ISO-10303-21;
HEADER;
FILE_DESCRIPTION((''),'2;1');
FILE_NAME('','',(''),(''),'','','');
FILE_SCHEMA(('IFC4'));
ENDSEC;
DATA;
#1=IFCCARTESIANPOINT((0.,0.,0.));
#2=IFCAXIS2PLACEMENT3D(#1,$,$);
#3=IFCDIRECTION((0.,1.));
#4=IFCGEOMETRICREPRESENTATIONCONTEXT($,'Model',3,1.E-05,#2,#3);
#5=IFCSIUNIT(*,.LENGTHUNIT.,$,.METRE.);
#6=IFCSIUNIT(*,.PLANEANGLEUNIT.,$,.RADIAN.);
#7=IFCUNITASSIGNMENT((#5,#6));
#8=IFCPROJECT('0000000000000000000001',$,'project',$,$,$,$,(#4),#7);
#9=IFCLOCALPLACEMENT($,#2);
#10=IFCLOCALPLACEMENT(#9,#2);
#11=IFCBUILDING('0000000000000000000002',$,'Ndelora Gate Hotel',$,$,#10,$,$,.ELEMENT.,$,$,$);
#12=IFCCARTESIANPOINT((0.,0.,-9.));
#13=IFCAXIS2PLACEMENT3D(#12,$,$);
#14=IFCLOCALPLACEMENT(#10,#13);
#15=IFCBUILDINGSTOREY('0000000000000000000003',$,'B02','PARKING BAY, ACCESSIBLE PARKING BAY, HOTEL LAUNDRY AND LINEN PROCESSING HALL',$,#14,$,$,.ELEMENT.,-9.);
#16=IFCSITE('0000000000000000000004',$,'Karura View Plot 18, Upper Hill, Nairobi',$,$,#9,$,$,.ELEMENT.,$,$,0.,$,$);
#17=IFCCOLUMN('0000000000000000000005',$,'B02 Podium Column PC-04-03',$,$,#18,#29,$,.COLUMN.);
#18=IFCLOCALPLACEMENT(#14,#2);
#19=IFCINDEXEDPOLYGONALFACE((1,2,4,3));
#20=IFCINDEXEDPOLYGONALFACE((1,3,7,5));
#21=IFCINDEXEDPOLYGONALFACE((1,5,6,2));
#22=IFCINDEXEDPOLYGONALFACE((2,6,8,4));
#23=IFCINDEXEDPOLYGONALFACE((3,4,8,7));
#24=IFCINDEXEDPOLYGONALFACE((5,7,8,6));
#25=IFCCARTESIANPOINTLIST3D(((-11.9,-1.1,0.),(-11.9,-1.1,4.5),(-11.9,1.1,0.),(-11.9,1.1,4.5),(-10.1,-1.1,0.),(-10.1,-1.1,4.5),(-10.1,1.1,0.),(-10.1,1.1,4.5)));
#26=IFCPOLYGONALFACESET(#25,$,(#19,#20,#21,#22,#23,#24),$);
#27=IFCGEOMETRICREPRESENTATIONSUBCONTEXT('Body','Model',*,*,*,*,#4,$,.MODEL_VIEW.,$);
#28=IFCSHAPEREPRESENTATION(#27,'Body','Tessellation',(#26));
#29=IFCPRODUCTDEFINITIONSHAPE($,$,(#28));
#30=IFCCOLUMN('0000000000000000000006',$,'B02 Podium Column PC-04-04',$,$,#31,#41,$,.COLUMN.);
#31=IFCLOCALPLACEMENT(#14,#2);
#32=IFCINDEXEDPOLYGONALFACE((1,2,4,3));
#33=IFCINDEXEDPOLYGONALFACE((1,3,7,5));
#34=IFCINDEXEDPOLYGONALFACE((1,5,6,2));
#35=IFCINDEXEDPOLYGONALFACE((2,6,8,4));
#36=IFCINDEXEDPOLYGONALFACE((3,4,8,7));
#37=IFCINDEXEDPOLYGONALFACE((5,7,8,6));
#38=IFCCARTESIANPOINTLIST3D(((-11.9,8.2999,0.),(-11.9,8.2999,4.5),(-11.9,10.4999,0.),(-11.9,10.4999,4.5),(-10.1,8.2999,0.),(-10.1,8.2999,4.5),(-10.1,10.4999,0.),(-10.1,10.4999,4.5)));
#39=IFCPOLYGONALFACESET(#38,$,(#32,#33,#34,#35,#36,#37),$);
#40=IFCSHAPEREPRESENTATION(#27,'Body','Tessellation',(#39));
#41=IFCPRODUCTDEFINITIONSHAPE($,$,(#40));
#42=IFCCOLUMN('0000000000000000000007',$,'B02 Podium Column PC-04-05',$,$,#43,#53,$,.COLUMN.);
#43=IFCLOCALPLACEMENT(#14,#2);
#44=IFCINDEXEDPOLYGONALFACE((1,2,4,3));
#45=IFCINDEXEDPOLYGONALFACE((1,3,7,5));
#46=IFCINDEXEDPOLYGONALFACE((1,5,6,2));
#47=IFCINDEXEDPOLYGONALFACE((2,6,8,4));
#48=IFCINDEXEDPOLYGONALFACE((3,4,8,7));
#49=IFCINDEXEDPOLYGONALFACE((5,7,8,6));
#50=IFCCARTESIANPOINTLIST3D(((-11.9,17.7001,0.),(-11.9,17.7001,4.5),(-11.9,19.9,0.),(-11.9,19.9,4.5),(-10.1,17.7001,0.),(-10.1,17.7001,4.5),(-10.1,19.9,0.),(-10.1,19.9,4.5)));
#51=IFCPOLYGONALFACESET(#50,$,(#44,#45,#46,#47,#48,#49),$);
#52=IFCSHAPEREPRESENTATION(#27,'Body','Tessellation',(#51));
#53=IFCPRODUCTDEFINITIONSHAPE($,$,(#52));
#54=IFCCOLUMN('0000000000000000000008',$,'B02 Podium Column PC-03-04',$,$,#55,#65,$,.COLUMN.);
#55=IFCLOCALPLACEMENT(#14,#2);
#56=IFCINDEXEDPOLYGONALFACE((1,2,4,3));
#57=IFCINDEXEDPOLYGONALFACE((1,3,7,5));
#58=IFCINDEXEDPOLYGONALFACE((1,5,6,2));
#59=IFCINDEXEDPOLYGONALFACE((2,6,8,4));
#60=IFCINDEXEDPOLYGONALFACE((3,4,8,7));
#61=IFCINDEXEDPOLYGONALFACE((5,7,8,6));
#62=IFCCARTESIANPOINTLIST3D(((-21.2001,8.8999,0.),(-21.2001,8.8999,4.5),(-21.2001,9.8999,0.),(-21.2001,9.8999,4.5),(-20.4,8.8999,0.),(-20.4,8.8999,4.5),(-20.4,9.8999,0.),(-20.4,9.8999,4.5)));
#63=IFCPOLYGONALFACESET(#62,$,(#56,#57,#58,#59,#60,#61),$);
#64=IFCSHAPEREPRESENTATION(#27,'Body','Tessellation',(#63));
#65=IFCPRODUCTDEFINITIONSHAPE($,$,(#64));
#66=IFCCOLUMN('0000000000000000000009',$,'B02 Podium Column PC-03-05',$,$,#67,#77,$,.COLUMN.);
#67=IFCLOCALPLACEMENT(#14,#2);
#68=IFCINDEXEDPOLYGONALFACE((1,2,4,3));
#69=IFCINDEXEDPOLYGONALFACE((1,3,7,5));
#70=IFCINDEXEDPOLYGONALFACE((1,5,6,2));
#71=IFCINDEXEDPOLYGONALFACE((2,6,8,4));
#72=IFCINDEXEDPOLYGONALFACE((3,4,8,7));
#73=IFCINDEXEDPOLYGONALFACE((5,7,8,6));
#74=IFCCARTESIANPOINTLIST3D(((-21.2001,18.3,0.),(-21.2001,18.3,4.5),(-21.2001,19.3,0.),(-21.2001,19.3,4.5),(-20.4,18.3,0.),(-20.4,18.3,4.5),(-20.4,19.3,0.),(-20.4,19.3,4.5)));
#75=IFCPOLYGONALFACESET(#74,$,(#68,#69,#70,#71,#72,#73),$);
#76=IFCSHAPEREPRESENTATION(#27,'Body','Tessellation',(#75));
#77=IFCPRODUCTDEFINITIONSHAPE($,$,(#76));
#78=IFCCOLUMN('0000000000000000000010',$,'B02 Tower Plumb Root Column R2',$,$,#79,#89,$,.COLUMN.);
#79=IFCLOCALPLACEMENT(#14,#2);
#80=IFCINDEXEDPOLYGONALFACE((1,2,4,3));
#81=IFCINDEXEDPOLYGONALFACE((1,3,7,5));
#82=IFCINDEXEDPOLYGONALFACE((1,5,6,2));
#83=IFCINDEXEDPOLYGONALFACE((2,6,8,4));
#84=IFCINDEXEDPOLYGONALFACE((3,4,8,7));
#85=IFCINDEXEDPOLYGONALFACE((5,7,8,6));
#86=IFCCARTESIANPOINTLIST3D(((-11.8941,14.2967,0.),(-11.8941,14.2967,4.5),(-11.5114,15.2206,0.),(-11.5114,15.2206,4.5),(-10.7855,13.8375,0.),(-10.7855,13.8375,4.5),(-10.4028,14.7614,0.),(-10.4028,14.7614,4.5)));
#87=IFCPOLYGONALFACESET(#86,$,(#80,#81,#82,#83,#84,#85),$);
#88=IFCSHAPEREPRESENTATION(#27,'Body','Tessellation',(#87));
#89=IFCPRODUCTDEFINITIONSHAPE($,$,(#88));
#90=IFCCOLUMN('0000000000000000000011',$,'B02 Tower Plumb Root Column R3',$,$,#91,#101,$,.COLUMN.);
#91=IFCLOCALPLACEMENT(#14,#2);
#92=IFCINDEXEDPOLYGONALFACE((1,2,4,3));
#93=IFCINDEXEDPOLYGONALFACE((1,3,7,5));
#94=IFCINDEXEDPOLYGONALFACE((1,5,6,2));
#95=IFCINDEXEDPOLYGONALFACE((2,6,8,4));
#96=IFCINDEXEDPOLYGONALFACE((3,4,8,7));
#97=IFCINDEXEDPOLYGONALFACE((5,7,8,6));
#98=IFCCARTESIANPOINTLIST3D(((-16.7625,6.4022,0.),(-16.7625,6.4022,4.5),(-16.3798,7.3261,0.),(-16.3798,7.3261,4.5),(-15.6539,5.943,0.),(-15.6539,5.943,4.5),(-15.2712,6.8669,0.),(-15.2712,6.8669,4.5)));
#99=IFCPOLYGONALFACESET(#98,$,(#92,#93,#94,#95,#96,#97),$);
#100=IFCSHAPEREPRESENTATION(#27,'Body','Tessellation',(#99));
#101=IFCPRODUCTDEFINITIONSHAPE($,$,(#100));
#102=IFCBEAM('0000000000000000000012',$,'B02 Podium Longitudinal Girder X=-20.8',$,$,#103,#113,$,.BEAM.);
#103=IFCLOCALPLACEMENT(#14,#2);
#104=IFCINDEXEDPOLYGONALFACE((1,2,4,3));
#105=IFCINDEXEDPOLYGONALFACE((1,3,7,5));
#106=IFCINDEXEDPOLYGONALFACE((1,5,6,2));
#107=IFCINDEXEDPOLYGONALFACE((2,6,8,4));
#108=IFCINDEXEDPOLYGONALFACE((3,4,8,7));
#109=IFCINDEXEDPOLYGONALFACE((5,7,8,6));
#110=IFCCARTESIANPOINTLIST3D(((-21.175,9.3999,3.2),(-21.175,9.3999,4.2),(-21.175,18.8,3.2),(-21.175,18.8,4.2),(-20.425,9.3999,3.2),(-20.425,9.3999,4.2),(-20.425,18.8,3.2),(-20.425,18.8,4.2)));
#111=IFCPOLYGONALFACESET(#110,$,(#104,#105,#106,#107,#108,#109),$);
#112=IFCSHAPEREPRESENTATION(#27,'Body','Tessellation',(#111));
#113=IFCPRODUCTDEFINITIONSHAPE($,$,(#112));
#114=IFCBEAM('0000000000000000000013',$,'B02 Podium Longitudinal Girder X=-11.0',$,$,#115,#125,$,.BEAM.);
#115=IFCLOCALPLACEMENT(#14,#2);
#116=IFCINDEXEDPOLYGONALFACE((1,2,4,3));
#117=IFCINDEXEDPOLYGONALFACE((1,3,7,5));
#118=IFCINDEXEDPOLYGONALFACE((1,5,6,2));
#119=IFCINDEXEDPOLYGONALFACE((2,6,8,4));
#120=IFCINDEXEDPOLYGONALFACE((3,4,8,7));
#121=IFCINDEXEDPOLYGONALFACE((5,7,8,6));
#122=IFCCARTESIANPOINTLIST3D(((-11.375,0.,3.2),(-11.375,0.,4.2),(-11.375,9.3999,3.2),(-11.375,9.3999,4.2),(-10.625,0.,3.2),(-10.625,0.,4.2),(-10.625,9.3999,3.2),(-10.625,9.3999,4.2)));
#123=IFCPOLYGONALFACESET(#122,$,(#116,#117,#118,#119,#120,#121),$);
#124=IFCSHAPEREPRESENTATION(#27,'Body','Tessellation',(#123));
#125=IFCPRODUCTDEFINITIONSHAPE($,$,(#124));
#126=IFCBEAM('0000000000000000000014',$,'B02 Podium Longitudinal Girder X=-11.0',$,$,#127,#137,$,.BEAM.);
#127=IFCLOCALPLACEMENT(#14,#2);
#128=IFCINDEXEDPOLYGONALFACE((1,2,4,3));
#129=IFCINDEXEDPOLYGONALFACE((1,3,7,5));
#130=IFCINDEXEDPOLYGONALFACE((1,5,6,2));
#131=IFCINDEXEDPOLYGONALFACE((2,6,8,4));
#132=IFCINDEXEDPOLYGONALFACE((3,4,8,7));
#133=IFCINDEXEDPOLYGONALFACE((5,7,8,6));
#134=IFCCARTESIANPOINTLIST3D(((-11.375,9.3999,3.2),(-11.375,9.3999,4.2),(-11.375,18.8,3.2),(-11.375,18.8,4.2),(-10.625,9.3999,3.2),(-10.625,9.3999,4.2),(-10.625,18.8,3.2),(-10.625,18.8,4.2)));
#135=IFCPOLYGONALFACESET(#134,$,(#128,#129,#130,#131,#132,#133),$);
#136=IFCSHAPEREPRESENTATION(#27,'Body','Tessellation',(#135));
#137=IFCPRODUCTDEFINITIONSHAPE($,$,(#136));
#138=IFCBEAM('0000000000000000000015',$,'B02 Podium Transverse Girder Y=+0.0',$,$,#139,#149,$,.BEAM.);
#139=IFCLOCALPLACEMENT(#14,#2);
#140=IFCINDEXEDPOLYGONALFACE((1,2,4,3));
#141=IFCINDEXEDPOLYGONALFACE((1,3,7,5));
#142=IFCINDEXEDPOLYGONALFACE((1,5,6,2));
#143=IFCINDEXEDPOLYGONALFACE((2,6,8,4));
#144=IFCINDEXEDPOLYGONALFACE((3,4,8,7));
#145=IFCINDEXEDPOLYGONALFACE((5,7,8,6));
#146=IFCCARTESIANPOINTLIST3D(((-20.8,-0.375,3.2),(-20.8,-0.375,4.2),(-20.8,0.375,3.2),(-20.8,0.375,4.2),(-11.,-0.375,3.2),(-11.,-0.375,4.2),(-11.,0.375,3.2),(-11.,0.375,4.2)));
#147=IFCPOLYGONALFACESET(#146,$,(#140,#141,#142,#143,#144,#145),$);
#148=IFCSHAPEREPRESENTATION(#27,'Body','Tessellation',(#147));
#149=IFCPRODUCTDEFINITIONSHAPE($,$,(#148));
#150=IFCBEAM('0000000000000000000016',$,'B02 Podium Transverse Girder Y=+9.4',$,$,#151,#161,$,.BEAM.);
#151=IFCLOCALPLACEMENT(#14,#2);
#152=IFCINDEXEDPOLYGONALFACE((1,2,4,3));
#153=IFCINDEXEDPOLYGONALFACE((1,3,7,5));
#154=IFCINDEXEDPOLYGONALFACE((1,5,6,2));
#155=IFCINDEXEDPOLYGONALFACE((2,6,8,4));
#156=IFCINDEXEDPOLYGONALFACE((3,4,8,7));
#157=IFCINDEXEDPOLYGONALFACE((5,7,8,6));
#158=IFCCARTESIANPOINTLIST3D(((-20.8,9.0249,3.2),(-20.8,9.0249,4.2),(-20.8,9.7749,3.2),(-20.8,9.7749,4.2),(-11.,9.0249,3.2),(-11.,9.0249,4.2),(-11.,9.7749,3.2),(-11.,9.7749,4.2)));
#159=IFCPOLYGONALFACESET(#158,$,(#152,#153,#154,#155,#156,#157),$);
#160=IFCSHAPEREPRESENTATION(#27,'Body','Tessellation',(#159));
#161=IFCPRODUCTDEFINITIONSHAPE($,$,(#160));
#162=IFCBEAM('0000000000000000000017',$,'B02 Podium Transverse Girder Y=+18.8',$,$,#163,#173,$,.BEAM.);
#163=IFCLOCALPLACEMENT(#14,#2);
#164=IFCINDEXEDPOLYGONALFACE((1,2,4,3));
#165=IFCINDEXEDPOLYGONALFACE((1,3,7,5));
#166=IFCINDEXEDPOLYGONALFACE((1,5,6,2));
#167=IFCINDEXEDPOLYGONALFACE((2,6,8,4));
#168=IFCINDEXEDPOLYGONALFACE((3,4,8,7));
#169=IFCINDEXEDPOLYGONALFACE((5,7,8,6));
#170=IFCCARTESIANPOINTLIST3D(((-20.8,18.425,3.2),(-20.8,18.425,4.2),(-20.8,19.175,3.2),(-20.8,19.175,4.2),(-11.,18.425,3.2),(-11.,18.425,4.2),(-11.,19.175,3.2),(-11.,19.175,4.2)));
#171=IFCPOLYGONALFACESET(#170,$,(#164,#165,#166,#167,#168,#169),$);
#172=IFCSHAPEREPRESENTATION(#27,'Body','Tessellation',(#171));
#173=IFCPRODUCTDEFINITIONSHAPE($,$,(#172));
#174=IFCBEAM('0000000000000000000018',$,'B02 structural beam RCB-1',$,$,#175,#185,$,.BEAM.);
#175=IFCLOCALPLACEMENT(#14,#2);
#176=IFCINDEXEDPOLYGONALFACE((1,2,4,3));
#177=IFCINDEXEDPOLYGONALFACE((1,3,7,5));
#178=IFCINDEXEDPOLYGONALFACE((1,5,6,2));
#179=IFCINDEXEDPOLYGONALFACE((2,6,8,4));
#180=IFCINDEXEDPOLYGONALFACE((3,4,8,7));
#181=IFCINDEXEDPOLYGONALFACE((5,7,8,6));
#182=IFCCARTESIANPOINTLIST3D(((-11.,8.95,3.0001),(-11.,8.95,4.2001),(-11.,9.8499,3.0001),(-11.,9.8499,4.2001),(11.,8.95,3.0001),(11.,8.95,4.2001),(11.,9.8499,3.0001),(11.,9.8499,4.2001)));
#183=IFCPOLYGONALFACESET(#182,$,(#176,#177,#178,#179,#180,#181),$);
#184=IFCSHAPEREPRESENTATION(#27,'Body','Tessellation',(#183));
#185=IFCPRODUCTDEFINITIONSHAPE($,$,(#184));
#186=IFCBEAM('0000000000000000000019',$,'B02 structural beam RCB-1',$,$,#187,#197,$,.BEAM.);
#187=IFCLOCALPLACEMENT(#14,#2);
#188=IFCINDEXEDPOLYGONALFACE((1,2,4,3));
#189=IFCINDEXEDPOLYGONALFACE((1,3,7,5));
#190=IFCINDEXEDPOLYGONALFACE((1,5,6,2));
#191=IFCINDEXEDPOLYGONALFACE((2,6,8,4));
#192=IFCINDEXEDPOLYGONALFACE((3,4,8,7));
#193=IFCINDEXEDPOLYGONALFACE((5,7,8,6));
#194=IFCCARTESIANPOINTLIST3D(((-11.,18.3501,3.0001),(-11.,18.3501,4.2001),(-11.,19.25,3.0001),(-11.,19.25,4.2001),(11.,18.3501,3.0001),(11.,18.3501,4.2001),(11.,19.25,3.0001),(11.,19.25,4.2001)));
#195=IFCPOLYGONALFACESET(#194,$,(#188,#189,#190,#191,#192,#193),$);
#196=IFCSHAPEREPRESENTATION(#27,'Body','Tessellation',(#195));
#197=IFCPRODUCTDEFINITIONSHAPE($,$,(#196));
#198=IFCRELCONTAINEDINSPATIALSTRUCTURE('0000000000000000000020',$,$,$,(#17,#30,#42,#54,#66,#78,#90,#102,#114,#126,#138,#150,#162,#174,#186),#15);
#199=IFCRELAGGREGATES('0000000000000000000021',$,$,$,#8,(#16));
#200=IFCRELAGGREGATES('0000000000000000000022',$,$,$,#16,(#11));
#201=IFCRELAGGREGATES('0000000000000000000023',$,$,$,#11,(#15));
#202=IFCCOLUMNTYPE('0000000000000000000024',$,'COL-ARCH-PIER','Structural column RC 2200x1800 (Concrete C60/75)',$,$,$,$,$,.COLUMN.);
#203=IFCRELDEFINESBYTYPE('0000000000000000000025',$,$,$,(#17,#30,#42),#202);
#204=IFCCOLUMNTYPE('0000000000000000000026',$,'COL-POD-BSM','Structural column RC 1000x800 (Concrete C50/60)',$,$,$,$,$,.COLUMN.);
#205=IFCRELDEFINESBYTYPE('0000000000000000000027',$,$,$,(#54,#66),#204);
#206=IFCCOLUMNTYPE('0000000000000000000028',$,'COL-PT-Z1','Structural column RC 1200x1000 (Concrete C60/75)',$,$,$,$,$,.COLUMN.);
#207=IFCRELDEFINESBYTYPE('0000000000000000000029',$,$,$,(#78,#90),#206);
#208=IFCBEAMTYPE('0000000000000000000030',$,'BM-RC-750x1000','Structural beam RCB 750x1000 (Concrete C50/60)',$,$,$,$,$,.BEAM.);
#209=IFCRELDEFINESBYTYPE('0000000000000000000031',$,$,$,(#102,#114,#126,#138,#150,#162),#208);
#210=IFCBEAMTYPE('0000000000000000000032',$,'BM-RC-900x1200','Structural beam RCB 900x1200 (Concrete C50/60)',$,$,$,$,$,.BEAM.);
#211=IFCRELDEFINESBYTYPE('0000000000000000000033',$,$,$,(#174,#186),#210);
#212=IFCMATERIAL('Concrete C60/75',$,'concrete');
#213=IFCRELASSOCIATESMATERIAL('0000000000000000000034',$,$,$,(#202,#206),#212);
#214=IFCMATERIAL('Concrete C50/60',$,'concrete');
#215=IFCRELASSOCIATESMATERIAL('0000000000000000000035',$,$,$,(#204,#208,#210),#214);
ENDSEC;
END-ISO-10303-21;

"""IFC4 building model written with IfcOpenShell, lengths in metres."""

from ifc_helpers import new_model, si_unit, direction, frame, origin, origin_2d, place, context, subcontext, project, spatial, rectangle, extrude, material, material_profile, profile_set, type_object, element, save


model = new_model("IFC4")

# Units and contexts
model_context = context("Model", 3, precision=1e-05, world=origin(), true_north=direction((0.0, 1.0)))
body_context = subcontext(model_context, "Body", "Model", "MODEL_VIEW")
ifc_project = project(units=[si_unit("LENGTHUNIT", "METRE"), si_unit("PLANEANGLEUNIT", "RADIAN")], contexts=[model_context])

# Site, building, storey
site_placement = place(None, origin())
site = spatial("IfcSite", under=ifc_project, at=site_placement, Name="Karura View Plot 18, Upper Hill, Nairobi", CompositionType="ELEMENT", RefElevation=0.0)
building_placement = place(site_placement, origin())
building = spatial("IfcBuilding", under=site, at=building_placement, Name="Ndelora Gate Hotel", CompositionType="ELEMENT")
storey_placement = place(building_placement, frame((0.0, 0.0, -9.0)))
storey = spatial("IfcBuildingStorey", under=building, at=storey_placement, Name="B02", Description="PARKING BAY, ACCESSIBLE PARKING BAY, HOTEL LAUNDRY AND LINEN PROCESSING HALL", CompositionType="ELEMENT", Elevation=-9.0)

# Columns
ifc_material_1 = material(Name="Concrete C60/75", Category="concrete")
ifc_material_profile_1 = material_profile(ifc_material_1, rectangle(XDim=1.8, YDim=2.2, at=origin_2d()), Name="RC 2200x1800")
ifc_profile_set_1 = profile_set([ifc_material_profile_1], Name="Concrete C60/75")
column_type_1 = type_object("IfcColumnType", Name="COL-ARCH-PIER", Description="Structural column RC 2200x1800 (Concrete C60/75)", PredefinedType="COLUMN", material=ifc_profile_set_1)
for number, where, z_axis, x_axis, name in (
    (1, (-11.0, 0.0, 0.0), (0.0, 0.0, 1.0), (1.0, 0.0, 0.0), "B02 Podium Column PC-04-03"),
    (2, (-11.0, 9.3999, 0.0), (0.0, 0.0, 1.0), (1.0, 0.0, 0.0), "B02 Podium Column PC-04-04"),
    (3, (-11.0, 18.8, 0.0), (0.0, 0.0, 1.0), (1.0, 0.0, 0.0), "B02 Podium Column PC-04-05"),
):
    element("IfcColumn", number, at=place(storey_placement, frame(where, z_axis=z_axis, x_axis=x_axis)), inside=storey, type_object=column_type_1, Name=name, PredefinedType="COLUMN", context=body_context, shape_type="SweptSolid", body=[
        extrude(rectangle(XDim=1.8, YDim=2.2, at=origin_2d()), origin(), (0.0, 0.0, 1.0), 4.5),
    ])
ifc_material_2 = material(Name="Concrete C50/60", Category="concrete")
ifc_material_profile_2 = material_profile(ifc_material_2, rectangle(XDim=0.8, YDim=1.0, at=origin_2d()), Name="RC 1000x800")
ifc_profile_set_2 = profile_set([ifc_material_profile_2], Name="Concrete C50/60")
column_type_2 = type_object("IfcColumnType", Name="COL-POD-BSM", Description="Structural column RC 1000x800 (Concrete C50/60)", PredefinedType="COLUMN", material=ifc_profile_set_2)
for number, where, z_axis, x_axis, name in (
    (4, (-20.8, 9.3999, 0.0), (0.0, 0.0, 1.0), (1.0, 0.0, 0.0), "B02 Podium Column PC-03-04"),
    (5, (-20.8, 18.8, 0.0), (0.0, 0.0, 1.0), (1.0, 0.0, 0.0), "B02 Podium Column PC-03-05"),
):
    element("IfcColumn", number, at=place(storey_placement, frame(where, z_axis=z_axis, x_axis=x_axis)), inside=storey, type_object=column_type_2, Name=name, PredefinedType="COLUMN", context=body_context, shape_type="SweptSolid", body=[
        extrude(rectangle(XDim=0.8, YDim=1.0, at=origin_2d()), origin(), (0.0, 0.0, 1.0), 4.5),
    ])
ifc_material_profile_3 = material_profile(ifc_material_1, rectangle(XDim=1.0, YDim=1.2, at=origin_2d()), Name="RC 1200x1000")
ifc_profile_set_3 = profile_set([ifc_material_profile_3], Name="Concrete C60/75")
column_type_3 = type_object("IfcColumnType", Name="COL-PT-Z1", Description="Structural column RC 1200x1000 (Concrete C60/75)", PredefinedType="COLUMN", material=ifc_profile_set_3)
for number, where, z_axis, x_axis, name in (
    (6, (-11.1484, 14.5291, 0.0), (0.0, 0.0, 1.0), (0.382683, 0.92388, 0.0), "B02 Tower Plumb Root Column R2"),
    (7, (-16.0168, 6.6345, 0.0), (0.0, 0.0, 1.0), (0.382683, 0.92388, 0.0), "B02 Tower Plumb Root Column R3"),
):
    element("IfcColumn", number, at=place(storey_placement, frame(where, z_axis=z_axis, x_axis=x_axis)), inside=storey, type_object=column_type_3, Name=name, PredefinedType="COLUMN", context=body_context, shape_type="SweptSolid", body=[
        extrude(rectangle(XDim=1.0, YDim=1.2, at=origin_2d()), origin(), (0.0, 0.0, 1.0), 4.5),
    ])

# Beams
ifc_material_profile_4 = material_profile(ifc_material_2, rectangle(XDim=0.75, YDim=1.0, at=origin_2d()), Name="RCB 750x1000")
ifc_profile_set_4 = profile_set([ifc_material_profile_4], Name="Concrete C50/60")
beam_type_1 = type_object("IfcBeamType", Name="BM-RC-750x1000", Description="Structural beam RCB 750x1000 (Concrete C50/60)", PredefinedType="BEAM", material=ifc_profile_set_4)
beam_1_placement = place(storey_placement, frame((-20.8, 9.3999, 3.7), z_axis=(0.0, 1.0, 0.0), x_axis=(-1.0, 0.0, 0.0)))
element("IfcBeam", 8, at=beam_1_placement, inside=storey, type_object=beam_type_1, Name="B02 Podium Longitudinal Girder X=-20.8", PredefinedType="BEAM", context=body_context, shape_type="SweptSolid", body=[
    extrude(rectangle(XDim=0.75, YDim=1.0, at=origin_2d()), origin(), (0.0, 0.0, 1.0), 9.4001),
])
beam_2_placement = place(storey_placement, frame((-11.0, 0.0, 3.7), z_axis=(0.0, 1.0, 0.0), x_axis=(-1.0, 0.0, 0.0)))
element("IfcBeam", 9, at=beam_2_placement, inside=storey, type_object=beam_type_1, Name="B02 Podium Longitudinal Girder X=-11.0", PredefinedType="BEAM", context=body_context, shape_type="SweptSolid", body=[
    extrude(rectangle(XDim=0.75, YDim=1.0, at=origin_2d()), origin(), (0.0, 0.0, 1.0), 9.3999),
])
beam_3_placement = place(storey_placement, frame((-11.0, 9.3999, 3.7), z_axis=(0.0, 1.0, 0.0), x_axis=(-1.0, 0.0, 0.0)))
element("IfcBeam", 10, at=beam_3_placement, inside=storey, type_object=beam_type_1, Name="B02 Podium Longitudinal Girder X=-11.0", PredefinedType="BEAM", context=body_context, shape_type="SweptSolid", body=[
    extrude(rectangle(XDim=0.75, YDim=1.0, at=origin_2d()), origin(), (0.0, 0.0, 1.0), 9.4001),
])
for number, where, z_axis, x_axis, name in (
    (11, (-20.8, 0.0, 3.7), (1.0, 0.0, 0.0), (0.0, 1.0, 0.0), "B02 Podium Transverse Girder Y=+0.0"),
    (12, (-20.8, 9.3999, 3.7), (1.0, 0.0, 0.0), (0.0, 1.0, 0.0), "B02 Podium Transverse Girder Y=+9.4"),
    (13, (-20.8, 18.8, 3.7), (1.0, 0.0, 0.0), (0.0, 1.0, 0.0), "B02 Podium Transverse Girder Y=+18.8"),
):
    element("IfcBeam", number, at=place(storey_placement, frame(where, z_axis=z_axis, x_axis=x_axis)), inside=storey, type_object=beam_type_1, Name=name, PredefinedType="BEAM", context=body_context, shape_type="SweptSolid", body=[
        extrude(rectangle(XDim=0.75, YDim=1.0, at=origin_2d()), origin(), (0.0, 0.0, 1.0), 9.8),
    ])
ifc_material_profile_5 = material_profile(ifc_material_2, rectangle(XDim=0.8999, YDim=1.2, at=origin_2d()), Name="RCB 900x1200")
ifc_profile_set_5 = profile_set([ifc_material_profile_5], Name="Concrete C50/60")
beam_type_2 = type_object("IfcBeamType", Name="BM-RC-900x1200", Description="Structural beam RCB 900x1200 (Concrete C50/60)", PredefinedType="BEAM", material=ifc_profile_set_5)
for number, where, z_axis, x_axis, name in (
    (14, (-11.0, 9.3999, 3.6001), (1.0, 0.0, 0.0), (0.0, 1.0, 0.0), "B02 structural beam RCB-1"),
    (15, (-11.0, 18.8, 3.6001), (1.0, 0.0, 0.0), (0.0, 1.0, 0.0), "B02 structural beam RCB-1"),
):
    element("IfcBeam", number, at=place(storey_placement, frame(where, z_axis=z_axis, x_axis=x_axis)), inside=storey, type_object=beam_type_2, Name=name, PredefinedType="BEAM", context=body_context, shape_type="SweptSolid", body=[
        extrude(rectangle(XDim=0.8999, YDim=1.2, at=origin_2d()), origin(), (0.0, 0.0, 1.0), 22.0),
    ])

save(model, "model.ifc")
